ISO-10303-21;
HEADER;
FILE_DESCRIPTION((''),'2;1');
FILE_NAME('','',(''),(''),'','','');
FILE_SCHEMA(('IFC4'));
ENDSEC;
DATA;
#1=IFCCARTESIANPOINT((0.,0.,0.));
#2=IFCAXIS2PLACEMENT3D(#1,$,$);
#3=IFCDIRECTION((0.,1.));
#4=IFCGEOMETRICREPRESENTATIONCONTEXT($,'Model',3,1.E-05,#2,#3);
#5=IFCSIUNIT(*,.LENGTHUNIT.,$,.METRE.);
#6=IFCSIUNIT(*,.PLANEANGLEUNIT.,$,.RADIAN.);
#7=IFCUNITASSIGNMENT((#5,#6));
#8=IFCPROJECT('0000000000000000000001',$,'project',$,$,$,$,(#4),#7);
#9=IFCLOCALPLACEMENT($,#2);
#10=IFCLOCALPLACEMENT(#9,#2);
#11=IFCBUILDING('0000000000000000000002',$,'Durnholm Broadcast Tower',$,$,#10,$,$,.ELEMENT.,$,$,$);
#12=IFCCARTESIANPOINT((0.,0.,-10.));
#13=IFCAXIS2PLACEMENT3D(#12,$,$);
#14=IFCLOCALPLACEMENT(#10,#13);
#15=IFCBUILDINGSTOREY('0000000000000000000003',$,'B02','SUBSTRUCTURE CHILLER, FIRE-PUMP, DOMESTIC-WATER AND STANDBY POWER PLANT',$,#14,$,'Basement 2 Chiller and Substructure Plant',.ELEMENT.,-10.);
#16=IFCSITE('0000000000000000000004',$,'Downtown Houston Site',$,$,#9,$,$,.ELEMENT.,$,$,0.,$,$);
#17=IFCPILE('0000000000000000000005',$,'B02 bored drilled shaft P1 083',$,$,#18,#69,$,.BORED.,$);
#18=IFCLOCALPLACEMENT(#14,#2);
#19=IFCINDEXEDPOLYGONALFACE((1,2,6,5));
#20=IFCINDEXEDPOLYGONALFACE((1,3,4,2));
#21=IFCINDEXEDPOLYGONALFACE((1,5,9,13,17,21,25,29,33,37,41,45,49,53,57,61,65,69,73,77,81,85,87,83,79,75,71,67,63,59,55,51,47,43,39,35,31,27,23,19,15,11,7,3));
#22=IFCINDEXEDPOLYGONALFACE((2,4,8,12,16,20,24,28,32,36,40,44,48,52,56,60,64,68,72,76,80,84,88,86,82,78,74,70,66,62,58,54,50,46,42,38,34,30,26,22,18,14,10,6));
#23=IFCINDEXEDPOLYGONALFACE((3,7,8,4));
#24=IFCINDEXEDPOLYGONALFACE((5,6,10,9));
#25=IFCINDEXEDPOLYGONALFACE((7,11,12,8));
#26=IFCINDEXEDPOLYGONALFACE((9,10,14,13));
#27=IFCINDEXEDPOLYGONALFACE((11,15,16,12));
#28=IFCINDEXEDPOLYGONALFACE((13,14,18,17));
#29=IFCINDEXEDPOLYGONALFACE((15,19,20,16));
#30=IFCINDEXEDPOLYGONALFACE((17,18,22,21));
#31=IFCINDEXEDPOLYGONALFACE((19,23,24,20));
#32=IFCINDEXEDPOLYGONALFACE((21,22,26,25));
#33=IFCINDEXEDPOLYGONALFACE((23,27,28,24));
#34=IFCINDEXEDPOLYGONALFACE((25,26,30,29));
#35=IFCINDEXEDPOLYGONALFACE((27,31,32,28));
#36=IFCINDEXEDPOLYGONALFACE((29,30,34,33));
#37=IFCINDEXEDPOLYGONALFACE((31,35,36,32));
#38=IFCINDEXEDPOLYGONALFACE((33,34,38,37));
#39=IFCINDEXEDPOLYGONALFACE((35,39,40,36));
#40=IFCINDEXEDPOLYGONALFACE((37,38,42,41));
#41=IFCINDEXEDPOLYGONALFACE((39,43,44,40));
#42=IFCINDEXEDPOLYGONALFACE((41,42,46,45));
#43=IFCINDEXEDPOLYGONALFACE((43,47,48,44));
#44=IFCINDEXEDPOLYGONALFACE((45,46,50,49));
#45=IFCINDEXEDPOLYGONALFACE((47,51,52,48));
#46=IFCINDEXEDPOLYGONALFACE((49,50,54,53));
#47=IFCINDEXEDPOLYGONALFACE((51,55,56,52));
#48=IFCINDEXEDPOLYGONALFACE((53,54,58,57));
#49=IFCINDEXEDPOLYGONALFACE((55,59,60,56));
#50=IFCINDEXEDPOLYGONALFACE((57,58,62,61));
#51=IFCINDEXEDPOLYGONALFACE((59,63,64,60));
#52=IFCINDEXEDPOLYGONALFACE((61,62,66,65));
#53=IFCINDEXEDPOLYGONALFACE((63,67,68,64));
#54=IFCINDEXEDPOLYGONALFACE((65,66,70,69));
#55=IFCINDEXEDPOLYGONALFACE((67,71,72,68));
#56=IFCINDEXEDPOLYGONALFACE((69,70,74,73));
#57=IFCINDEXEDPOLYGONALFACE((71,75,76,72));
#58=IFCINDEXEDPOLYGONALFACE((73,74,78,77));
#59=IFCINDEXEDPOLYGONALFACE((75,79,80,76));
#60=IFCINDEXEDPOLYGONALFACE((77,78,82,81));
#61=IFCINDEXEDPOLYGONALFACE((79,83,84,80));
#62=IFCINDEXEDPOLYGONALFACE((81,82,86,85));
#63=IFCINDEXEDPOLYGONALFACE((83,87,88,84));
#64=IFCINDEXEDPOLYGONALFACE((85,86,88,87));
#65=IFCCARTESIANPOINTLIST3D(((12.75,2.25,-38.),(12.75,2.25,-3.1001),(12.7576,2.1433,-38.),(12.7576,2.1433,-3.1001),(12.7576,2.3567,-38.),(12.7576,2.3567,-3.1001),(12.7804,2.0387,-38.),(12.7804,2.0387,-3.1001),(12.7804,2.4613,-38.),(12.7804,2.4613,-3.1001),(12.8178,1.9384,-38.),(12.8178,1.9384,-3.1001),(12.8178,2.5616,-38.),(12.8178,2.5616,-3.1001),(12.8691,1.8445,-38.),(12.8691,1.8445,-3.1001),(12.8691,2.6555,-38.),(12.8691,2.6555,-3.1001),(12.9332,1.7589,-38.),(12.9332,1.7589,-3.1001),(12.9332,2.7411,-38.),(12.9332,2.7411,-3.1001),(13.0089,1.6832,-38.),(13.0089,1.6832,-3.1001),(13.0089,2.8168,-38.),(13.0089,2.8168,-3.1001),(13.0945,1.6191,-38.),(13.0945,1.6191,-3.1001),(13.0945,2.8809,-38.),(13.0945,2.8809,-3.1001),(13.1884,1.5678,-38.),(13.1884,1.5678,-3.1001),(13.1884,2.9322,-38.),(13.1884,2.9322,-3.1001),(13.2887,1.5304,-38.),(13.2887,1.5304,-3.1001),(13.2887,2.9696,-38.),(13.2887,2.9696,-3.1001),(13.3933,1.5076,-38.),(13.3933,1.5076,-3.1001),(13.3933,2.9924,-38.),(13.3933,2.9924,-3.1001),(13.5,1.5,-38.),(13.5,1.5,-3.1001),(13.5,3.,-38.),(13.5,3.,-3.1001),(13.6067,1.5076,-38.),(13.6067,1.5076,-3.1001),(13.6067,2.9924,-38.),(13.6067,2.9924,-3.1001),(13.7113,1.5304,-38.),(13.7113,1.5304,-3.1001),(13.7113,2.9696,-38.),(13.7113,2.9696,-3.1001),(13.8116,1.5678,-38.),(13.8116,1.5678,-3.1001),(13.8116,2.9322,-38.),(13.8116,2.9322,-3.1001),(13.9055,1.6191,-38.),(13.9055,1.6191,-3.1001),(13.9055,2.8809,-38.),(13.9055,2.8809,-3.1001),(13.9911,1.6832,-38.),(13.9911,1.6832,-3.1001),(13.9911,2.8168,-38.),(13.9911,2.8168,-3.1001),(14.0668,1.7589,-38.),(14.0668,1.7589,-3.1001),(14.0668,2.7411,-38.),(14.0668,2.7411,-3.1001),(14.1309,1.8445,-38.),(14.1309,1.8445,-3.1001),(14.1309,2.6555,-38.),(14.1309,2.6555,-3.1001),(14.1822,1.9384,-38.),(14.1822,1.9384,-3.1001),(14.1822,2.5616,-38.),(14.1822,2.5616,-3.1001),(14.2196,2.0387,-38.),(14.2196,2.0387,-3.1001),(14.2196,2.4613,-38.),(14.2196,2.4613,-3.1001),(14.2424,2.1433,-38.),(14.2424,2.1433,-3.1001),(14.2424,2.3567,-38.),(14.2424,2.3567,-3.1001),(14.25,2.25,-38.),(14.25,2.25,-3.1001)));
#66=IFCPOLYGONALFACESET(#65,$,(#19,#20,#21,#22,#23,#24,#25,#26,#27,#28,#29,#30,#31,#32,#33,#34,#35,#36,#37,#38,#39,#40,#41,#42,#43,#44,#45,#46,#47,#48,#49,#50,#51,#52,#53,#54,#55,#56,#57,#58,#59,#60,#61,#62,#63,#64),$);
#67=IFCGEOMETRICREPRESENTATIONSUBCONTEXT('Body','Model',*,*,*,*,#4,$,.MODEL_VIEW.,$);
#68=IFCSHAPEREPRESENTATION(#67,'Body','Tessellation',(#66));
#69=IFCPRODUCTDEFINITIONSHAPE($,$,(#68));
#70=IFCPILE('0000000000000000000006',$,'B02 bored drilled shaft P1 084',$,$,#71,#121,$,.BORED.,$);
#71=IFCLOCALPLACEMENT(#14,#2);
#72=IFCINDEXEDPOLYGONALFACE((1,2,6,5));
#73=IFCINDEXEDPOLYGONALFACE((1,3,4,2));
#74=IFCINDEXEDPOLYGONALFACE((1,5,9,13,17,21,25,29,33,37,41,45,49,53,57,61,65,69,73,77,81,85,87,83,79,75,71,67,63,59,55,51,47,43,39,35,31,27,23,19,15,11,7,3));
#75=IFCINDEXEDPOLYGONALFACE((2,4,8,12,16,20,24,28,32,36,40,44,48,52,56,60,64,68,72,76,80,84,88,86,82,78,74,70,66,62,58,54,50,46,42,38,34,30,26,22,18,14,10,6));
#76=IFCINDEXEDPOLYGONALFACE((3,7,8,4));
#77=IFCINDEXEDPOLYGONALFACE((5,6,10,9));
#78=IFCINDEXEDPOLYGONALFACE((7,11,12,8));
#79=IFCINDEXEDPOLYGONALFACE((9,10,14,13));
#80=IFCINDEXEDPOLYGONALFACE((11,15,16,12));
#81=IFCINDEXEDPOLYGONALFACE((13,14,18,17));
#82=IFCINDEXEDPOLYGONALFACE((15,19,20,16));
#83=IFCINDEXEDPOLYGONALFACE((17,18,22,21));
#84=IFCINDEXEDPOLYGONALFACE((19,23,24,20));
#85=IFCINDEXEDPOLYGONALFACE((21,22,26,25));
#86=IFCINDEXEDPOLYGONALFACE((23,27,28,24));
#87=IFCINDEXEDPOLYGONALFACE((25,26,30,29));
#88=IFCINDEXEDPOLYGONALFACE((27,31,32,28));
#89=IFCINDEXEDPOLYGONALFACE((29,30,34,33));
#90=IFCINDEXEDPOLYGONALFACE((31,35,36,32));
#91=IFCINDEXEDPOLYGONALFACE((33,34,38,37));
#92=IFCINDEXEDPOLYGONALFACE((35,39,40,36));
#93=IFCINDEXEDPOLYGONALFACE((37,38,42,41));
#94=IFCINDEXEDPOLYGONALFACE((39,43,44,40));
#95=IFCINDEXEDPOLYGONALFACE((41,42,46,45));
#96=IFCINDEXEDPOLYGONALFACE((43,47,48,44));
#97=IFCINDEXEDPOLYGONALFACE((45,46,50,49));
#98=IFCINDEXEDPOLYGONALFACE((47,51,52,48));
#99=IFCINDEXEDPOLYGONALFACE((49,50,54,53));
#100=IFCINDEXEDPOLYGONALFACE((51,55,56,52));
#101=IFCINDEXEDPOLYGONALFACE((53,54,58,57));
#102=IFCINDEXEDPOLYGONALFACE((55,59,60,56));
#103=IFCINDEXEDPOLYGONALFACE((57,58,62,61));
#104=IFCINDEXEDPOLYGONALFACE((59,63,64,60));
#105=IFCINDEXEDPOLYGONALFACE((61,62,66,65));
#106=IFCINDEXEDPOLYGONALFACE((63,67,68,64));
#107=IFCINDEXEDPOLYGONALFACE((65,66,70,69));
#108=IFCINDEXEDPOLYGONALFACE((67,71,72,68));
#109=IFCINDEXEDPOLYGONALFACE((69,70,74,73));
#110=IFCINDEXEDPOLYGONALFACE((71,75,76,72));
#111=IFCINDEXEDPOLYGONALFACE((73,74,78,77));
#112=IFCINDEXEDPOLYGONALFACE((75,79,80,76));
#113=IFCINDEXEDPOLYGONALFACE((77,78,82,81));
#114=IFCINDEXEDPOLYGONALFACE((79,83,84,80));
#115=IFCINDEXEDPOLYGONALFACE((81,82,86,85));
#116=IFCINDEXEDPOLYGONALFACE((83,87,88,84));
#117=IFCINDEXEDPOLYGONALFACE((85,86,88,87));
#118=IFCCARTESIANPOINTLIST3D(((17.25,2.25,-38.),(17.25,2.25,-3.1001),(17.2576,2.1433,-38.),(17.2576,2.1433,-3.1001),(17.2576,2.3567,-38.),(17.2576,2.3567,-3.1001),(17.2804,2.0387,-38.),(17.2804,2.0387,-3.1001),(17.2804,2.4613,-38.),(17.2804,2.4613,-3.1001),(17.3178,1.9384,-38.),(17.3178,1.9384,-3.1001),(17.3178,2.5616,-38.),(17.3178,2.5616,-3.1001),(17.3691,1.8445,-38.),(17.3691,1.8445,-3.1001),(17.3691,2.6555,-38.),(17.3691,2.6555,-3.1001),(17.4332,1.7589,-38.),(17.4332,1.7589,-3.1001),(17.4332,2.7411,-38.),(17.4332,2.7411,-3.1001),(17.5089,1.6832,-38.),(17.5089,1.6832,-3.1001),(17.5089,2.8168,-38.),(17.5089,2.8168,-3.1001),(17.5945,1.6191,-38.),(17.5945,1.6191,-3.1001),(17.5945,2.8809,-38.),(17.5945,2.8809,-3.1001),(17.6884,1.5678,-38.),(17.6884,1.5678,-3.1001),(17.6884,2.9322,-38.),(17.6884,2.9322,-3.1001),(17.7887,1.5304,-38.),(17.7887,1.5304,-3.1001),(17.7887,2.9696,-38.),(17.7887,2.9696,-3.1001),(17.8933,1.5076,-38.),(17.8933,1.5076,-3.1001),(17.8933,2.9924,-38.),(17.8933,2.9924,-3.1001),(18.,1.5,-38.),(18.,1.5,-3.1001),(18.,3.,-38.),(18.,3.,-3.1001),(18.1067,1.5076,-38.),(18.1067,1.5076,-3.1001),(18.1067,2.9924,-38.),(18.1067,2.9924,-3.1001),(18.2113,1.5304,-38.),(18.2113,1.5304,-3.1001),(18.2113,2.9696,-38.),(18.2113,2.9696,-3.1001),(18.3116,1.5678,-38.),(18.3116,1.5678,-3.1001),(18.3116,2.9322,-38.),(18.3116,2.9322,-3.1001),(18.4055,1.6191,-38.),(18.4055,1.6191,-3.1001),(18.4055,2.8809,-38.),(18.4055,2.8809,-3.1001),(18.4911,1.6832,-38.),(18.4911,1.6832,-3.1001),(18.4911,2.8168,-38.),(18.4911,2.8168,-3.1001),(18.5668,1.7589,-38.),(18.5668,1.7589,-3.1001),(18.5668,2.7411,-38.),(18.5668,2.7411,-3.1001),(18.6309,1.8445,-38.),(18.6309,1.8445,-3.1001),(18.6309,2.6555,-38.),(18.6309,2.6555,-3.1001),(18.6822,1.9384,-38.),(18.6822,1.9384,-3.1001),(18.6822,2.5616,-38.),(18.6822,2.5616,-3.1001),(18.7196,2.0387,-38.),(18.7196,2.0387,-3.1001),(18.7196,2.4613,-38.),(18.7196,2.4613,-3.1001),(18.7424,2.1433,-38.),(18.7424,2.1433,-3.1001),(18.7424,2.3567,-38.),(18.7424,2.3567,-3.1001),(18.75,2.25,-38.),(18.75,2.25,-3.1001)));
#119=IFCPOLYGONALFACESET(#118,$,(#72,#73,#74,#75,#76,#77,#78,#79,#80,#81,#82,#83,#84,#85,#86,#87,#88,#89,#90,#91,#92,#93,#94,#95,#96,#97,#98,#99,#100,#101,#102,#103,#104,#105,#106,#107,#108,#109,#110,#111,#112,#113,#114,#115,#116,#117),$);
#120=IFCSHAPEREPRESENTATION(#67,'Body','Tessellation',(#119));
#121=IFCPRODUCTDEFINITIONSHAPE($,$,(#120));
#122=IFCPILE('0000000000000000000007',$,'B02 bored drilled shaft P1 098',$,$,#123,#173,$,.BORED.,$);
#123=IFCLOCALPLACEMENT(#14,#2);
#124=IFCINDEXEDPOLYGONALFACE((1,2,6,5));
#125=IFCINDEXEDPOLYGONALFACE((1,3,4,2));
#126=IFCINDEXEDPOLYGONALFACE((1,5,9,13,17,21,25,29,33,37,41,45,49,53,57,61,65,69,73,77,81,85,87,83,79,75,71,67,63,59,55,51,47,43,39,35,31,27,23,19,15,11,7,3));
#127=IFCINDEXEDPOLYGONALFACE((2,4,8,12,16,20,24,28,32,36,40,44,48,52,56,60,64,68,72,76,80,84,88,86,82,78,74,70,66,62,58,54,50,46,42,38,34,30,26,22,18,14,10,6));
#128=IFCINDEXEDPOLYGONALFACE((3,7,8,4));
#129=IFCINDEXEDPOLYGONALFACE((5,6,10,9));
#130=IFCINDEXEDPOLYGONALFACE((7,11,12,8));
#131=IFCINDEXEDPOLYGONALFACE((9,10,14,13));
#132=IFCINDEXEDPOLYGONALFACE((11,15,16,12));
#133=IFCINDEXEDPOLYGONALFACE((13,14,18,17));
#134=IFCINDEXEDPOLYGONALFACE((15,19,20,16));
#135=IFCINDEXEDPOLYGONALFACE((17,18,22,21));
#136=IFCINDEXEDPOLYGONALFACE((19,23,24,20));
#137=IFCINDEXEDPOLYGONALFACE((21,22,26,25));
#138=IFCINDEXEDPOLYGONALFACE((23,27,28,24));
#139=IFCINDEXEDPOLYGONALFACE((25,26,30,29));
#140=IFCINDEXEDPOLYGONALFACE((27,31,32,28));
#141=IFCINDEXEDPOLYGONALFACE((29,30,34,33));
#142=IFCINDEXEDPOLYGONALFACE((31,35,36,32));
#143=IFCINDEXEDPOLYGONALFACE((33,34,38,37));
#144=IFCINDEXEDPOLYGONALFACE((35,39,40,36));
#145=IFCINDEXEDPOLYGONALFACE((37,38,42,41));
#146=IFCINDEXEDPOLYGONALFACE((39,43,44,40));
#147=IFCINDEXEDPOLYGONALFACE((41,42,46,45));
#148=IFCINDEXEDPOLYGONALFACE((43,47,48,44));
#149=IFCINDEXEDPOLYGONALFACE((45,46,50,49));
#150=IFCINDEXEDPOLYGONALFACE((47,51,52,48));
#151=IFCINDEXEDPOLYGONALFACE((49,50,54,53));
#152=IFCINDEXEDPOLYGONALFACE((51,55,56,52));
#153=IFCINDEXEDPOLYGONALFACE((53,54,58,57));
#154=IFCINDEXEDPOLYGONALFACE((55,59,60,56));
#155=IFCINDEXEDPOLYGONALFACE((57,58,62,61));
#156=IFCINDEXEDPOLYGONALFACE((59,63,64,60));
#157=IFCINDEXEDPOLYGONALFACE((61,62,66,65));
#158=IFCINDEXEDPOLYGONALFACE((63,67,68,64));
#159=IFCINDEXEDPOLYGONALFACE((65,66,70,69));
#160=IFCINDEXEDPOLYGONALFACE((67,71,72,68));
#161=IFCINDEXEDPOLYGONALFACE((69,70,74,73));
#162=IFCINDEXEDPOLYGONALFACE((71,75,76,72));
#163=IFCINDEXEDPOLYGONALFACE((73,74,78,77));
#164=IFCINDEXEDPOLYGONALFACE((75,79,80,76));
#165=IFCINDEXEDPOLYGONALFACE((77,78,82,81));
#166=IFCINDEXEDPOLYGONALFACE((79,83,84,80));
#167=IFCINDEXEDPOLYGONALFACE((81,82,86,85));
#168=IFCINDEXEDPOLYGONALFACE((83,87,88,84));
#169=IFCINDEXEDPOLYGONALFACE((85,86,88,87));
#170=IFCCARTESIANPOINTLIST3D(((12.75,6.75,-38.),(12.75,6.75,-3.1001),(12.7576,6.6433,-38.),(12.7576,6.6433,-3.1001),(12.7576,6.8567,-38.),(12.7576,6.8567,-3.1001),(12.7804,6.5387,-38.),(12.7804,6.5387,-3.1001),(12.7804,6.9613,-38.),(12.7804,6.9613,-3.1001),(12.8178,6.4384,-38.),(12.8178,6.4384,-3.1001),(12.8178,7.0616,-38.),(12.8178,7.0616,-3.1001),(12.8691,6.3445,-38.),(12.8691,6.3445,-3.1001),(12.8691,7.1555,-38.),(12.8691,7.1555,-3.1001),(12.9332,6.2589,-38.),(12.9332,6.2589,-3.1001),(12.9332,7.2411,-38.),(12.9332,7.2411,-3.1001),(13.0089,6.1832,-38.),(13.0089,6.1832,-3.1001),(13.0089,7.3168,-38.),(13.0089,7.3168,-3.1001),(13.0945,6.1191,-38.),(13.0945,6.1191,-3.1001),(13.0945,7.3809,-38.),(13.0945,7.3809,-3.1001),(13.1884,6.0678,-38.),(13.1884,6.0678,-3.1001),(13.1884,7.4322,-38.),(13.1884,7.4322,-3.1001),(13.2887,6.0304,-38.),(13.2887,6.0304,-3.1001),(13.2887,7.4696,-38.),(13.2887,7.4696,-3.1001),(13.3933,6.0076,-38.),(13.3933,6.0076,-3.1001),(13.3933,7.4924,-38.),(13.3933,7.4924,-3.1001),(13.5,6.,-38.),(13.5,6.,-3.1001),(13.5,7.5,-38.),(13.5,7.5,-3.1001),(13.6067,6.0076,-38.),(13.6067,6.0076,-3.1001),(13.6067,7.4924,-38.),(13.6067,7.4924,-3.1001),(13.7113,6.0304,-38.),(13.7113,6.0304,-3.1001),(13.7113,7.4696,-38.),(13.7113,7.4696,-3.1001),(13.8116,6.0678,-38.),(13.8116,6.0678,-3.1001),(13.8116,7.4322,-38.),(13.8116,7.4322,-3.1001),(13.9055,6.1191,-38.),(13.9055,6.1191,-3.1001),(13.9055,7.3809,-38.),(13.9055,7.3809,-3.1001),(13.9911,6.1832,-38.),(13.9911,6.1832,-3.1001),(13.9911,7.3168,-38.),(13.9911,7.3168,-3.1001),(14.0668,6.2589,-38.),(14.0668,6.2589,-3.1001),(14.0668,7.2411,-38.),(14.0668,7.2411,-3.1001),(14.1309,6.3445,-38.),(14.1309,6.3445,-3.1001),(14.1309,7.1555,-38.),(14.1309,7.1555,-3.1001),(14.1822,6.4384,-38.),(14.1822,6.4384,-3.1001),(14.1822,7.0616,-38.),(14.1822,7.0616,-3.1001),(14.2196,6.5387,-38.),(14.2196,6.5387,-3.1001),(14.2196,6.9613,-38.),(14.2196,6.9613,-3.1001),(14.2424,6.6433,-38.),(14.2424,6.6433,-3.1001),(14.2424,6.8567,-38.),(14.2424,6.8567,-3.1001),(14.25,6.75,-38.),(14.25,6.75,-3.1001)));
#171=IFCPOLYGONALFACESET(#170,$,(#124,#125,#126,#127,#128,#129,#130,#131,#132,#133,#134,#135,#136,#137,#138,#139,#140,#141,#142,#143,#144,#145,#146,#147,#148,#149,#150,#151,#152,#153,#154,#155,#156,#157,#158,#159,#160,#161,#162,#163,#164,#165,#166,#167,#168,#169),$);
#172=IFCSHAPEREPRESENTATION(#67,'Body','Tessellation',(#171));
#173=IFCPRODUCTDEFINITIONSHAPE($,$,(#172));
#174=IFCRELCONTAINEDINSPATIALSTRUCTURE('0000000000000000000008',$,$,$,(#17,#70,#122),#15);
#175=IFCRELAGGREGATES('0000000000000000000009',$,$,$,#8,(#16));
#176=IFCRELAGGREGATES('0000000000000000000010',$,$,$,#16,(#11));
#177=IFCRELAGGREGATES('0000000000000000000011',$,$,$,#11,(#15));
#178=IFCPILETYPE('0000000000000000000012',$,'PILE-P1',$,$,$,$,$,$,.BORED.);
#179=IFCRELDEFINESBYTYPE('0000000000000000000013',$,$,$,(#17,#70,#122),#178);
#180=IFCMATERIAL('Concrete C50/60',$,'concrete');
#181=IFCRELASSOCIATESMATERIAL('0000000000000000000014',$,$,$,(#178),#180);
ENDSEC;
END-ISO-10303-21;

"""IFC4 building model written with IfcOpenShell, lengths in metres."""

from ifc_helpers import new_model, si_unit, direction, frame, origin, origin_2d, place, context, subcontext, project, spatial, circle, extrude, source, transform, mapped, material, material_profile, profile_set, type_object, type_shapes, element, save


model = new_model("IFC4")

# Units and contexts
model_context = context("Model", 3, precision=1e-05, world=origin(), true_north=direction((0.0, 1.0)))
body_context = subcontext(model_context, "Body", "Model", "MODEL_VIEW")
ifc_project = project(units=[si_unit("LENGTHUNIT", "METRE"), si_unit("PLANEANGLEUNIT", "RADIAN")], contexts=[model_context])

# Site, building, storey
site_placement = place(None, origin())
site = spatial("IfcSite", under=ifc_project, at=site_placement, Name="Downtown Houston Site", CompositionType="ELEMENT", RefElevation=0.0)
building_placement = place(site_placement, origin())
building = spatial("IfcBuilding", under=site, at=building_placement, Name="Durnholm Broadcast Tower", CompositionType="ELEMENT")
storey_placement = place(building_placement, frame((0.0, 0.0, -10.0)))
storey = spatial("IfcBuildingStorey", under=building, at=storey_placement, Name="B02", Description="SUBSTRUCTURE CHILLER, FIRE-PUMP, DOMESTIC-WATER AND STANDBY POWER PLANT", LongName="Basement 2 Chiller and Substructure Plant", CompositionType="ELEMENT", Elevation=-10.0)

# Piles
ifc_material_1 = material(Name="Concrete C50/60", Category="concrete")
ifc_material_profile_1 = material_profile(ifc_material_1, circle(Radius=0.75, at=origin_2d()), Name="PILE1500")
ifc_profile_set_1 = profile_set([ifc_material_profile_1], Name="Concrete C50/60")
pile_type_1 = type_object("IfcPileType", Name="PILE-P1", PredefinedType="BORED", material=ifc_profile_set_1)
shared_shape_1 = source(origin(), body_context, "Body", "SweptSolid", [
    extrude(circle(Radius=0.75, at=origin_2d()), origin(), (0.0, 0.0, 1.0), 34.8999),
])
type_shapes(pile_type_1, [shared_shape_1])
for number, where, z_axis, x_axis, name in (
    (1, (13.5, 2.25, -3.1001), (0.0, 0.0, -1.0), (1.0, 0.0, 0.0), "B02 bored drilled shaft P1 083"),
    (2, (18.0, 2.25, -3.1001), (0.0, 0.0, -1.0), (1.0, 0.0, 0.0), "B02 bored drilled shaft P1 084"),
    (3, (13.5, 6.75, -3.1001), (0.0, 0.0, -1.0), (1.0, 0.0, 0.0), "B02 bored drilled shaft P1 098"),
):
    element("IfcPile", number, at=place(storey_placement, frame(where, z_axis=z_axis, x_axis=x_axis)), inside=storey, type_object=pile_type_1, Name=name, PredefinedType="BORED", context=body_context, shape_type="MappedRepresentation", body=[
        mapped(shared_shape_1, transform((0.0, 0.0, 0.0), x_axis=(1.0, 0.0, 0.0), y_axis=(0.0, 1.0, 0.0), z_axis=(0.0, 0.0, 1.0), scale=1.0)),
    ])

save(model, "model.ifc")
